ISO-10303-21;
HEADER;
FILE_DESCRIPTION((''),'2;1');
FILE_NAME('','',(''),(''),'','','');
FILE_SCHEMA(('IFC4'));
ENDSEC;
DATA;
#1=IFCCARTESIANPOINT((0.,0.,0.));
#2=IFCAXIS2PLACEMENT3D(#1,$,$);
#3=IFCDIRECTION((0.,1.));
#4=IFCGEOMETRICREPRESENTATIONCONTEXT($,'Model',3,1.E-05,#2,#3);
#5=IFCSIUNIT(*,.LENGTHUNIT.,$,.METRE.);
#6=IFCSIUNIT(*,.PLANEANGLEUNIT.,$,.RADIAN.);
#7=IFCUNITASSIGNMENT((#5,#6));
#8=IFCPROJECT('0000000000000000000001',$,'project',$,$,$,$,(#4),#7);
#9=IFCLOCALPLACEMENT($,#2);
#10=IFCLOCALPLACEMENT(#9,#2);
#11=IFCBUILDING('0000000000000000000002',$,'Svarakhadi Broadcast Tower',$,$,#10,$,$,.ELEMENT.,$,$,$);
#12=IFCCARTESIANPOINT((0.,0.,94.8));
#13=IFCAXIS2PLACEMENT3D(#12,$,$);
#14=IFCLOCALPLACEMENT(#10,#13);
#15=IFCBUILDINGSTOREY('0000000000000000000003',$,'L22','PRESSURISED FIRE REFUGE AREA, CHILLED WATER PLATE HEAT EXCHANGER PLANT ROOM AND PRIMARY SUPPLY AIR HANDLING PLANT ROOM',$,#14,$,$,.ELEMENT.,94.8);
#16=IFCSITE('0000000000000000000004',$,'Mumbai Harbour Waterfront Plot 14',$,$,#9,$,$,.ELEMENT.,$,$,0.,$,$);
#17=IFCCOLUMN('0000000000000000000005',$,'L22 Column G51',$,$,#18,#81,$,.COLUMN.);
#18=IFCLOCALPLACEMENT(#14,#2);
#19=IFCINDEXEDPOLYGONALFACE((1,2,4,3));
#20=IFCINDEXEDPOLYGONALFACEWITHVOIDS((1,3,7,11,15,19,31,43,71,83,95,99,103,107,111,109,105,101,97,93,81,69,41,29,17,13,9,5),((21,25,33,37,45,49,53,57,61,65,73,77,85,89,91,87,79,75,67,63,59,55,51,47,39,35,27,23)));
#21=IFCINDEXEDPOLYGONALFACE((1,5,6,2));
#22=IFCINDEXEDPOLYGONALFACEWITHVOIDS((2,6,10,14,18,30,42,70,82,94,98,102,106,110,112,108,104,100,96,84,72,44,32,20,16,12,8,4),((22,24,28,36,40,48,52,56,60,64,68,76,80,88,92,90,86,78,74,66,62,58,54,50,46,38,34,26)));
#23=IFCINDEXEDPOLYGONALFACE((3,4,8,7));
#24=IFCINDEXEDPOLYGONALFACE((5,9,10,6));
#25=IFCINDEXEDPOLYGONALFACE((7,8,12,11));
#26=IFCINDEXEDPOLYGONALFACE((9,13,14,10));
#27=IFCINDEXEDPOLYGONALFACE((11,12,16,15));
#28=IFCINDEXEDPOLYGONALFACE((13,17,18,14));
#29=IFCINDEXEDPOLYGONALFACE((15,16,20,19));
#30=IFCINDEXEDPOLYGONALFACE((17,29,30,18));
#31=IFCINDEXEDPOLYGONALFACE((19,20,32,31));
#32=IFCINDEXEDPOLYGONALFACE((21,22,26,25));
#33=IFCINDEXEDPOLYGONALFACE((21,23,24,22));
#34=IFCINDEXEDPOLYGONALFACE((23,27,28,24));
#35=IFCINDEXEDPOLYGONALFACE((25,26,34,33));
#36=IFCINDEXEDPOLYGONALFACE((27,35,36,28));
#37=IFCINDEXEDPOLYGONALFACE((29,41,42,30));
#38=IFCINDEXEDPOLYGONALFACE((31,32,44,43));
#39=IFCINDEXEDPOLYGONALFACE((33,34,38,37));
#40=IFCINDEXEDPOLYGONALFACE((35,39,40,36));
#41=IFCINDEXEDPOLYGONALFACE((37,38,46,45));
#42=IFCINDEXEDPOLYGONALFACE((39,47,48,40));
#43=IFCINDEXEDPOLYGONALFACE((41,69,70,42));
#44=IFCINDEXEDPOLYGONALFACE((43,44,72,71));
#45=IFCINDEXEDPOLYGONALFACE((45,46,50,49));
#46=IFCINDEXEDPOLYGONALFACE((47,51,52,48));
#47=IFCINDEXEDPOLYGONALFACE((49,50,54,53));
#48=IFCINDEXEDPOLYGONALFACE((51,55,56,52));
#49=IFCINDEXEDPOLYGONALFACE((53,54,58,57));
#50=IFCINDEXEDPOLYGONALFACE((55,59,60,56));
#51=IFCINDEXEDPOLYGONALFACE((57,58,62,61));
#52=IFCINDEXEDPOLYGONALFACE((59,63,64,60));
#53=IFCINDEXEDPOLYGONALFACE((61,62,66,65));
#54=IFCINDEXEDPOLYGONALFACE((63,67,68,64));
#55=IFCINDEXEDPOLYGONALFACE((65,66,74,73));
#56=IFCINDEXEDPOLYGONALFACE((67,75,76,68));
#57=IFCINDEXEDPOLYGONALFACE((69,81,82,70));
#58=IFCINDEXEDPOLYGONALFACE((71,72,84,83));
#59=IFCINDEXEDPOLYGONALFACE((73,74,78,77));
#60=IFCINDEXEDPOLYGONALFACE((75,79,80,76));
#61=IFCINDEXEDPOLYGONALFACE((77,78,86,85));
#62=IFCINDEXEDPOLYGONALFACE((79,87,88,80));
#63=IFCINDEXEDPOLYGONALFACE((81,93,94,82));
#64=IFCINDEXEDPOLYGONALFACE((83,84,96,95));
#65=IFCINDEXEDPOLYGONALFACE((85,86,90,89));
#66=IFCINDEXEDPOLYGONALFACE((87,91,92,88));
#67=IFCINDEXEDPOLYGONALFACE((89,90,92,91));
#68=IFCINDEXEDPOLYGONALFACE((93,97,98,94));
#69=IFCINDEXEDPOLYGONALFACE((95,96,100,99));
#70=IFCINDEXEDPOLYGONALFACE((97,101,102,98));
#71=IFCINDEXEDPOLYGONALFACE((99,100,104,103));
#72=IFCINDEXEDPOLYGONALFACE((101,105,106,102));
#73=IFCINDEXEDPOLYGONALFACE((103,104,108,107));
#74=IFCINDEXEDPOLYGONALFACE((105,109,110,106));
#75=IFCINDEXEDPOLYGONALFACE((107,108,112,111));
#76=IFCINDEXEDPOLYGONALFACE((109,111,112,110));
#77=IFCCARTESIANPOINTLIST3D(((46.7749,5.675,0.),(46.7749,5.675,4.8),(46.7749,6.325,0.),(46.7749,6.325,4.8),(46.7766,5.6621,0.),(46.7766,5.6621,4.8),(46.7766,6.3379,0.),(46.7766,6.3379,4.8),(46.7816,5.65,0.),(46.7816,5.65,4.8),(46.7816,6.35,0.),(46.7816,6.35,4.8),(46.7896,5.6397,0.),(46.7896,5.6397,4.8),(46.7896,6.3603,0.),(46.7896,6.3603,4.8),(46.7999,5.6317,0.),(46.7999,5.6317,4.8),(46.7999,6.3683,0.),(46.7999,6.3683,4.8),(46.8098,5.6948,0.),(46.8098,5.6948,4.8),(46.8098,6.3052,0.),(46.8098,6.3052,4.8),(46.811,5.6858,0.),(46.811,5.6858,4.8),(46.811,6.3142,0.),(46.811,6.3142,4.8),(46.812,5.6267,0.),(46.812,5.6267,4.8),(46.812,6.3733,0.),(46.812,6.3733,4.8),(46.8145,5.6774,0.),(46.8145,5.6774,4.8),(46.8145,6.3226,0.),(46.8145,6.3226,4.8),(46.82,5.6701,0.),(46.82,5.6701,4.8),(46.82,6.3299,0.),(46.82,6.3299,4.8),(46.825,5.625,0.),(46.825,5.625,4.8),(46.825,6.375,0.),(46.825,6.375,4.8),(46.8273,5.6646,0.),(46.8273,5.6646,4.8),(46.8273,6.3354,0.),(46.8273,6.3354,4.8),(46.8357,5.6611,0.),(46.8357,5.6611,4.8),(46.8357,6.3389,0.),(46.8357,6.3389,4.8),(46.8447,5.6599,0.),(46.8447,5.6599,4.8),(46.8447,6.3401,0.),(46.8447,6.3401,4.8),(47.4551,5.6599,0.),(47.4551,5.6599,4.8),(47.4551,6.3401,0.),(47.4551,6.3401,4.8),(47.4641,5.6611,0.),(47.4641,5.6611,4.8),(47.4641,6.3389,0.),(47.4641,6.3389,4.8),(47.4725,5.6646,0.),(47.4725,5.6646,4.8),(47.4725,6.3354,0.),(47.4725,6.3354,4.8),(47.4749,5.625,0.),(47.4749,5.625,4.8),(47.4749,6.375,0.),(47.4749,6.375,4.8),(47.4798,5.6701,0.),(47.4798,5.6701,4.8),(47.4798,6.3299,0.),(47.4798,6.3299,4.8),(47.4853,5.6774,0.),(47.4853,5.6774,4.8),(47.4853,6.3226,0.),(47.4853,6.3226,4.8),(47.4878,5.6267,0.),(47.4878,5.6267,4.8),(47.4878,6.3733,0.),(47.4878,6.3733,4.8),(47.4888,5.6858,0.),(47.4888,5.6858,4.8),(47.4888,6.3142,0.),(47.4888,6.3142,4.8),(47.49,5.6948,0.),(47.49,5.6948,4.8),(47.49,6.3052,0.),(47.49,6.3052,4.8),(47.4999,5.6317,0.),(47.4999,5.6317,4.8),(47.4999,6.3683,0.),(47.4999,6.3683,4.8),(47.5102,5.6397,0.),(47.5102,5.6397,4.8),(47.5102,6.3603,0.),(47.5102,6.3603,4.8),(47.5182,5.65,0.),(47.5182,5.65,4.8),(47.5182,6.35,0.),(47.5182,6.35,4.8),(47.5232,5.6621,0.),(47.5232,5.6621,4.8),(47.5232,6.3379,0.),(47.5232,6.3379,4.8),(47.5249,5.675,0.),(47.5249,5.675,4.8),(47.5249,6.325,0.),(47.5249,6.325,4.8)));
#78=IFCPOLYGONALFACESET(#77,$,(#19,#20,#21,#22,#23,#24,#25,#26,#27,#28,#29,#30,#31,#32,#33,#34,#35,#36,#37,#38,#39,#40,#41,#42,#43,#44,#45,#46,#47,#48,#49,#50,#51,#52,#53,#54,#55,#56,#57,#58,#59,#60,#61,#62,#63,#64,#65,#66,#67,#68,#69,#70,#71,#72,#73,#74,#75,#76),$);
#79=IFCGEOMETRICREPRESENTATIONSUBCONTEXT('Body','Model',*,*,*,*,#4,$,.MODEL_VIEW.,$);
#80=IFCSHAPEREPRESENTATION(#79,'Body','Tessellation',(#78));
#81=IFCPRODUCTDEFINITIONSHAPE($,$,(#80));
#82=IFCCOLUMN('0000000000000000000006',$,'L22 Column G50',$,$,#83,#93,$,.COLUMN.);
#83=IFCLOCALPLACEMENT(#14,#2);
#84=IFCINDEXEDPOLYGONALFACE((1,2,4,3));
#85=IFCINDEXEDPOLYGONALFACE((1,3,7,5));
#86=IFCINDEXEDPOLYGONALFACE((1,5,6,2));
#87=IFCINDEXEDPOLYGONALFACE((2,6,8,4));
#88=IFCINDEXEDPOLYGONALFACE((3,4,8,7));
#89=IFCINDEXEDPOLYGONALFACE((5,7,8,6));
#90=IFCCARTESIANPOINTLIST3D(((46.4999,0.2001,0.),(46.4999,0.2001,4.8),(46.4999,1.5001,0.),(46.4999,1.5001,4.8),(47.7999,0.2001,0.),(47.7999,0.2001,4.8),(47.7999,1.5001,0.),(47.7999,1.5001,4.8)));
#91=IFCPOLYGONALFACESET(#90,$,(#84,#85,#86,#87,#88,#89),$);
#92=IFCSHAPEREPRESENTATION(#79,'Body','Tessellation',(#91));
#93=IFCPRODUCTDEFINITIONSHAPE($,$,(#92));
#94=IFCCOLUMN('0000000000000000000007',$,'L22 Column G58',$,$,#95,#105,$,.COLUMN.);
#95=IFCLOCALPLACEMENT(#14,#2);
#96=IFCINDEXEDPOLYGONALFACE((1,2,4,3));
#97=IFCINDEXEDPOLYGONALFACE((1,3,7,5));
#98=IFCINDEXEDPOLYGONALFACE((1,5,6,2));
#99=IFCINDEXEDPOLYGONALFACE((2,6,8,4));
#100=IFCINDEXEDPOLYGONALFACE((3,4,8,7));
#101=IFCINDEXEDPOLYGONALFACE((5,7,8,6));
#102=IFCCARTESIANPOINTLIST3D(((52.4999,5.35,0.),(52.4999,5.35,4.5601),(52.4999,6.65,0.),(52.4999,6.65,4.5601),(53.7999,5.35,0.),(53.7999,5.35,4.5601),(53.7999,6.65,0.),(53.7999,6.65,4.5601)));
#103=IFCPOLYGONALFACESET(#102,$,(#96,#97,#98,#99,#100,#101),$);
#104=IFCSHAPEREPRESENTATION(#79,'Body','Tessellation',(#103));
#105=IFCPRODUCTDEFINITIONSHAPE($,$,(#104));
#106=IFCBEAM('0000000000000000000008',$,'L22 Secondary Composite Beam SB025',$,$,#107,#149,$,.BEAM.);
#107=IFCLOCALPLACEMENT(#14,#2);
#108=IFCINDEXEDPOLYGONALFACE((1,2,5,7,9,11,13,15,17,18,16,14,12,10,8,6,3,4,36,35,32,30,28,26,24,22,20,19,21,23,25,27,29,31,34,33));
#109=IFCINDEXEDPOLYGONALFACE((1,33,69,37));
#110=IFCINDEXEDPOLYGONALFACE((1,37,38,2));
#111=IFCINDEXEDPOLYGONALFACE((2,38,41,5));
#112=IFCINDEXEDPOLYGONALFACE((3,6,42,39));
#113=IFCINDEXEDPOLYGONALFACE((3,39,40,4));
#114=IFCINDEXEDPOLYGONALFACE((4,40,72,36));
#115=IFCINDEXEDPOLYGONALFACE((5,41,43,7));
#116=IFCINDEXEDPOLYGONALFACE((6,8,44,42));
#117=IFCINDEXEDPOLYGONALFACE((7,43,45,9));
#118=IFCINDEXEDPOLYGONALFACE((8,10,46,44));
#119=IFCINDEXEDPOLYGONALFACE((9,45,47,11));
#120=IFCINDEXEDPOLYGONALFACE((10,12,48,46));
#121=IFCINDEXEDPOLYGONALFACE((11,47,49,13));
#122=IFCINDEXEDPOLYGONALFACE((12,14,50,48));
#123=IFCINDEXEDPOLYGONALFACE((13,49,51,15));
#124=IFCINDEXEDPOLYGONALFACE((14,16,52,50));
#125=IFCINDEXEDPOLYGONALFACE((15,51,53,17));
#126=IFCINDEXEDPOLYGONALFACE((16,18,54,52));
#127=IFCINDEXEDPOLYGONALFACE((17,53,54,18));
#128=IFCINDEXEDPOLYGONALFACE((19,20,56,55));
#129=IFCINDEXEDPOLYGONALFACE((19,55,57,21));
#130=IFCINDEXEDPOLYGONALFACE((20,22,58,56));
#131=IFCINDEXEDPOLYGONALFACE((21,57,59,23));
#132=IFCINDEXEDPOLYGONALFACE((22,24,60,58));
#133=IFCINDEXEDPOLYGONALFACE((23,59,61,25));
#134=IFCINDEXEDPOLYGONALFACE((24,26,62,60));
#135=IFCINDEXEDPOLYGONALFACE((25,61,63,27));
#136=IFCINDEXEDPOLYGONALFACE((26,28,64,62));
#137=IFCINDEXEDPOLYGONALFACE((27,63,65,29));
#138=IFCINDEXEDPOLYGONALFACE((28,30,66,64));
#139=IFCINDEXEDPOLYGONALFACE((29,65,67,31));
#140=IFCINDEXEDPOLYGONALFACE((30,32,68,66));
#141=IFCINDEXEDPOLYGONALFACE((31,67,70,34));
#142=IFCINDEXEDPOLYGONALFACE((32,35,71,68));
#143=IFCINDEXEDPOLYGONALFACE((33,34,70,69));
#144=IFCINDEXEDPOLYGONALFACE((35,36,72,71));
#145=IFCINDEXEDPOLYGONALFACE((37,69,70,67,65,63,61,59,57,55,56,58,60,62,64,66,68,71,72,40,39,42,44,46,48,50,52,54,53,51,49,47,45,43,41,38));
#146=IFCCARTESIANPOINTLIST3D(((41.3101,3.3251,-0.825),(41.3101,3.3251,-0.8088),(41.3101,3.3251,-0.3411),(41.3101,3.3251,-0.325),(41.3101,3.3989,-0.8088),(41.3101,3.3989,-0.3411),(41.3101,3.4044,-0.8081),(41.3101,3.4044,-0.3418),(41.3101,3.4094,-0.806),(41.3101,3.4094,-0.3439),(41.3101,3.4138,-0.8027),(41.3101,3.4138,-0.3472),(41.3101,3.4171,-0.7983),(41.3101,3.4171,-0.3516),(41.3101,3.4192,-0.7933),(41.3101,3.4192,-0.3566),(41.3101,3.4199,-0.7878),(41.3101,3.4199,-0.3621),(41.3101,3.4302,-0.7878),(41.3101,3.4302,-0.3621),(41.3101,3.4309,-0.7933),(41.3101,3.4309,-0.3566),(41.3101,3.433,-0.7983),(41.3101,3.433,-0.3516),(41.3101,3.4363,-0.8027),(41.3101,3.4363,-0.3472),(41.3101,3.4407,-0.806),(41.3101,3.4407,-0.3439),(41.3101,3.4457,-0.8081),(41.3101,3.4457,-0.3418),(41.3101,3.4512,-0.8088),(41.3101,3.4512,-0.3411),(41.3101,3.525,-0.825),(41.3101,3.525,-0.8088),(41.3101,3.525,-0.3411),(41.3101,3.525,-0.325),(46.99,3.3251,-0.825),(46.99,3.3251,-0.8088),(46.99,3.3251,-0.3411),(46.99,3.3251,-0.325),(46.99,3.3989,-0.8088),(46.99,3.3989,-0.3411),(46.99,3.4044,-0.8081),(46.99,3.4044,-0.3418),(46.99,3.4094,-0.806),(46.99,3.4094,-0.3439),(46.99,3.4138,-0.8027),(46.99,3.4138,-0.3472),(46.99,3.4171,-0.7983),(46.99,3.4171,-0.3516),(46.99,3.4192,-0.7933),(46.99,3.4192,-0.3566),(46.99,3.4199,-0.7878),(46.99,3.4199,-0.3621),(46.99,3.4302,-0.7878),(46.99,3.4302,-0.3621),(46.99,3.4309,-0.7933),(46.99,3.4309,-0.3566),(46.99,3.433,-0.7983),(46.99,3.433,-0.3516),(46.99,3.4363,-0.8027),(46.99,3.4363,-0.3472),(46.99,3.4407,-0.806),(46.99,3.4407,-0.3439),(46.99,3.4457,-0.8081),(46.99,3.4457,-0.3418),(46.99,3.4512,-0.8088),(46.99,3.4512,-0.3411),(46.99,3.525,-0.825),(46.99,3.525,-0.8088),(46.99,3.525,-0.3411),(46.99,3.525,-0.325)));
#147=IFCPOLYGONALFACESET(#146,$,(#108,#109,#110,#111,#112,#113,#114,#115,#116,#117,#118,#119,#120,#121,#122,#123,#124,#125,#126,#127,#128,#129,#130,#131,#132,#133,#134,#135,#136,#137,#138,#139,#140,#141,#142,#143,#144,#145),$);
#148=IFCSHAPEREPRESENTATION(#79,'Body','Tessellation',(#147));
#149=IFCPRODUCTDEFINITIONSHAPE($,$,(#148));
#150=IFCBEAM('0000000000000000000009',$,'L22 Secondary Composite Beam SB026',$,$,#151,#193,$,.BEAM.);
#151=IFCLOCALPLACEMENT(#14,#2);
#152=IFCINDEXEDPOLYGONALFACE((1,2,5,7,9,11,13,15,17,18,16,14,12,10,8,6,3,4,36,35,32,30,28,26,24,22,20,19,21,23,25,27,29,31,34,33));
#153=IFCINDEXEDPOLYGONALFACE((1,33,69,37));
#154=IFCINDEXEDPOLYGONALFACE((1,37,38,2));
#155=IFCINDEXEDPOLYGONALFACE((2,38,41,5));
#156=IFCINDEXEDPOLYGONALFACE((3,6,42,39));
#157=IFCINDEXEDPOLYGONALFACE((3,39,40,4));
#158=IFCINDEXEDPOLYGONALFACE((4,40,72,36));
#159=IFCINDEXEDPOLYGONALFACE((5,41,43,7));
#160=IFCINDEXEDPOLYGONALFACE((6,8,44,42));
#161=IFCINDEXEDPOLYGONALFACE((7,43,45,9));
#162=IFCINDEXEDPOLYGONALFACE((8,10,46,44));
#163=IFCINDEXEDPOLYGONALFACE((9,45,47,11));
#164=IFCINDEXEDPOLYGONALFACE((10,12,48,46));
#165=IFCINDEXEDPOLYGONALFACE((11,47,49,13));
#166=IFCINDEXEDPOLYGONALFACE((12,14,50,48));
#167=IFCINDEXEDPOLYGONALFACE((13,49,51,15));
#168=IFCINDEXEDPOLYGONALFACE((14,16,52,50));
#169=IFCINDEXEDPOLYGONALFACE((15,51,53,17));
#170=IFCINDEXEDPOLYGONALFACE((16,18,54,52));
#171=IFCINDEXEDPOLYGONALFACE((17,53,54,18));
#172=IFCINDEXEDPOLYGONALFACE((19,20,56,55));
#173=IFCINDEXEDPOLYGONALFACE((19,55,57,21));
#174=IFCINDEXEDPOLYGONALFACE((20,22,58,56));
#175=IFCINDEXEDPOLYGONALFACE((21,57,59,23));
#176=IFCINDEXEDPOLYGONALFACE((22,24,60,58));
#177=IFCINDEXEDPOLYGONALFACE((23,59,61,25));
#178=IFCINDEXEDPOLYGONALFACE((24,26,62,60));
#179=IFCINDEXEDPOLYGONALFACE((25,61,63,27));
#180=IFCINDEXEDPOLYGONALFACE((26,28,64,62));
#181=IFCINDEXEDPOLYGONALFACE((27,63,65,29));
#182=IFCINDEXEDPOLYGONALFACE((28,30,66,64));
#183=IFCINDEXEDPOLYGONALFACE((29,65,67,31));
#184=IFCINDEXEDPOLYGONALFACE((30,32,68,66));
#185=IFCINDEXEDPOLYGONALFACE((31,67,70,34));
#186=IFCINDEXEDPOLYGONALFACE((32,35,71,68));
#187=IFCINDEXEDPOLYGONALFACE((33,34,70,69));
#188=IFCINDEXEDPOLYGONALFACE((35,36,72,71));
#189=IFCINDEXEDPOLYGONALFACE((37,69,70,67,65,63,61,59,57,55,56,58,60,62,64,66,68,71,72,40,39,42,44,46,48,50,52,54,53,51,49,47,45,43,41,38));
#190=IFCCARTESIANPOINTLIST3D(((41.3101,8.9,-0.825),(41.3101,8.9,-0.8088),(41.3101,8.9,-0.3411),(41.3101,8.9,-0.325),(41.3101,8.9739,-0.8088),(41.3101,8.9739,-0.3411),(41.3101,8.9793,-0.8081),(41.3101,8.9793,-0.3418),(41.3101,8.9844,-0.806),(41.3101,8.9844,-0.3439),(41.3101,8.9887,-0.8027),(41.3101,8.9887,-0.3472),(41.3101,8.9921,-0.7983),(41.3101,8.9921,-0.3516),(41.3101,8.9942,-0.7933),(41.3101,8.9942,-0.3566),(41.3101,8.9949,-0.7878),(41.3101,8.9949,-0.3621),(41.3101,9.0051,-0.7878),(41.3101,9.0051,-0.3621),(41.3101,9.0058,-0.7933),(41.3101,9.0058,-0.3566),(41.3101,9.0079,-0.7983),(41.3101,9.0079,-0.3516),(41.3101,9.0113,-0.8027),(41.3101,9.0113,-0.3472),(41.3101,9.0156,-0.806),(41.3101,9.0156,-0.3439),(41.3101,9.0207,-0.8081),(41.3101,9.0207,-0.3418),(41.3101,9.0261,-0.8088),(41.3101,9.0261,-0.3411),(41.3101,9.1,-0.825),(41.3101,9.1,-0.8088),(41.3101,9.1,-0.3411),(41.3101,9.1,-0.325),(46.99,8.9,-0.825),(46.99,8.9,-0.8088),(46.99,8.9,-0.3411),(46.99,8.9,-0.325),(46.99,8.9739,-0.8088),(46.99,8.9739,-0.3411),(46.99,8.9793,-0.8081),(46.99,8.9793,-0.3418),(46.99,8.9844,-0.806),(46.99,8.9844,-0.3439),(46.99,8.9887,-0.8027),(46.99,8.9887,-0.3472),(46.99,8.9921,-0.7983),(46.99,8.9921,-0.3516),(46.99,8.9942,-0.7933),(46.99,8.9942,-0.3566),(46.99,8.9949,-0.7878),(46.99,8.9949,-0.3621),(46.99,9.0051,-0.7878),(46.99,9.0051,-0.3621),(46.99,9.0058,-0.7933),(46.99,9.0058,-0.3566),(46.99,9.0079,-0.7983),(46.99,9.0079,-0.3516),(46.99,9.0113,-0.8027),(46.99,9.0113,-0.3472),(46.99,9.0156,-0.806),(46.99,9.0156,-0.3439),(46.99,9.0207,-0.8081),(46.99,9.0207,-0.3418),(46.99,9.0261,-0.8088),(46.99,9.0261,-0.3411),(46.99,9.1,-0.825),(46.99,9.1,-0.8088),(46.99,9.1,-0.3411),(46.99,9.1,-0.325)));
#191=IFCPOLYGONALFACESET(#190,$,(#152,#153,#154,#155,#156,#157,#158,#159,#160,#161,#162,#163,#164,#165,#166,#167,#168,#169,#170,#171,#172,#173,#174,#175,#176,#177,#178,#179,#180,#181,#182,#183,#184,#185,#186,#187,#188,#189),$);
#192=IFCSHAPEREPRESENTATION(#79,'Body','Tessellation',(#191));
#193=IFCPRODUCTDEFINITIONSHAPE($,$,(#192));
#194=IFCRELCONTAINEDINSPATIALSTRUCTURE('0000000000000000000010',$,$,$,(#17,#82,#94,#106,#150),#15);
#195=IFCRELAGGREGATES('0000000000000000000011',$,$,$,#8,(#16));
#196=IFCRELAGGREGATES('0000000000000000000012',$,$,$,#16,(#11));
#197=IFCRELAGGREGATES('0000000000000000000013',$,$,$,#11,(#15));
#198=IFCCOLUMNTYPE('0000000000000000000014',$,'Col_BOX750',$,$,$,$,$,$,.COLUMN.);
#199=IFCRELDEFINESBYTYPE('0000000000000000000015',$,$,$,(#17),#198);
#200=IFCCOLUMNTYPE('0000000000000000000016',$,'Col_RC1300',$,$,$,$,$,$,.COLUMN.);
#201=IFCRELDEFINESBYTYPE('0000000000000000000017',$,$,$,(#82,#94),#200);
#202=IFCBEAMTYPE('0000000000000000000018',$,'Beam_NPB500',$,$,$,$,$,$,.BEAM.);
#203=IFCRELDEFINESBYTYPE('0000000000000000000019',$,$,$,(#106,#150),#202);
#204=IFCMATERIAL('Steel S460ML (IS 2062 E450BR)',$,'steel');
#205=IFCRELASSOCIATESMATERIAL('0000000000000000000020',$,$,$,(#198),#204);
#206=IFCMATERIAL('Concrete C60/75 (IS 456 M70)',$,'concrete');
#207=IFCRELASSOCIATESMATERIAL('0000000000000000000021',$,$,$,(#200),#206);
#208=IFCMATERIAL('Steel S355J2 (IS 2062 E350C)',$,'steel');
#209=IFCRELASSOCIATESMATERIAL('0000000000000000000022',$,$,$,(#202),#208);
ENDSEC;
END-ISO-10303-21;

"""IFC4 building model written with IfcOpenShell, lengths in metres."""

from ifc_helpers import new_model, si_unit, direction, frame, origin, origin_2d, place, context, subcontext, project, spatial, rectangle, hollow_rectangle, i_section, extrude, material, material_profile, profile_set, type_object, element, save


model = new_model("IFC4")

# Units and contexts
model_context = context("Model", 3, precision=1e-05, world=origin(), true_north=direction((0.0, 1.0)))
body_context = subcontext(model_context, "Body", "Model", "MODEL_VIEW")
ifc_project = project(units=[si_unit("LENGTHUNIT", "METRE"), si_unit("PLANEANGLEUNIT", "RADIAN")], contexts=[model_context])

# Site, building, storey
site_placement = place(None, origin())
site = spatial("IfcSite", under=ifc_project, at=site_placement, Name="Mumbai Harbour Waterfront Plot 14", CompositionType="ELEMENT", RefElevation=0.0)
building_placement = place(site_placement, origin())
building = spatial("IfcBuilding", under=site, at=building_placement, Name="Svarakhadi Broadcast Tower", CompositionType="ELEMENT")
storey_placement = place(building_placement, frame((0.0, 0.0, 94.8)))
storey = spatial("IfcBuildingStorey", under=building, at=storey_placement, Name="L22", Description="PRESSURISED FIRE REFUGE AREA, CHILLED WATER PLATE HEAT EXCHANGER PLANT ROOM AND PRIMARY SUPPLY AIR HANDLING PLANT ROOM", CompositionType="ELEMENT", Elevation=94.8)

# Columns
ifc_material_1 = material(Name="Steel S460ML (IS 2062 E450BR)", Category="steel")
ifc_material_profile_1 = material_profile(ifc_material_1, hollow_rectangle(XDim=0.75, YDim=0.75, WallThickness=0.0349, InnerFilletRadius=0.0349, OuterFilletRadius=0.05, at=origin_2d()), Name="BOX 750x750x35")
ifc_profile_set_1 = profile_set([ifc_material_profile_1], Name="Steel S460ML (IS 2062 E450BR)")
column_type_1 = type_object("IfcColumnType", Name="Col_BOX750", PredefinedType="COLUMN", material=ifc_profile_set_1)
column_1_placement = place(storey_placement, frame((47.1499, 6.0, 0.0), z_axis=(0.0, 0.0, 1.0), x_axis=(1.0, 0.0, 0.0)))
element("IfcColumn", 1, at=column_1_placement, inside=storey, type_object=column_type_1, Name="L22 Column G51", PredefinedType="COLUMN", context=body_context, shape_type="SweptSolid", body=[
    extrude(hollow_rectangle(XDim=0.75, YDim=0.75, WallThickness=0.0349, InnerFilletRadius=0.0349, OuterFilletRadius=0.05, at=origin_2d()), origin(), (0.0, 0.0, 1.0), 4.8),
])
ifc_material_2 = material(Name="Concrete C60/75 (IS 456 M70)", Category="concrete")
ifc_material_profile_2 = material_profile(ifc_material_2, rectangle(XDim=1.3, YDim=1.3, at=origin_2d()), Name="RC 1300x1300")
ifc_profile_set_2 = profile_set([ifc_material_profile_2], Name="Concrete C60/75 (IS 456 M70)")
column_type_2 = type_object("IfcColumnType", Name="Col_RC1300", PredefinedType="COLUMN", material=ifc_profile_set_2)
column_2_placement = place(storey_placement, frame((47.1499, 0.8501, 0.0), z_axis=(0.0, 0.0, 1.0), x_axis=(1.0, 0.0, 0.0)))
element("IfcColumn", 2, at=column_2_placement, inside=storey, type_object=column_type_2, Name="L22 Column G50", PredefinedType="COLUMN", context=body_context, shape_type="SweptSolid", body=[
    extrude(rectangle(XDim=1.3, YDim=1.3, at=origin_2d()), origin(), (0.0, 0.0, 1.0), 4.8),
])
column_3_placement = place(storey_placement, frame((53.1499, 6.0, 0.0), z_axis=(0.0, 0.0, 1.0), x_axis=(1.0, 0.0, 0.0)))
element("IfcColumn", 3, at=column_3_placement, inside=storey, type_object=column_type_2, Name="L22 Column G58", PredefinedType="COLUMN", context=body_context, shape_type="SweptSolid", body=[
    extrude(rectangle(XDim=1.3, YDim=1.3, at=origin_2d()), origin(), (0.0, 0.0, 1.0), 4.5601),
])

# Beams
ifc_material_3 = material(Name="Steel S355J2 (IS 2062 E350C)", Category="steel")
ifc_material_profile_3 = material_profile(ifc_material_3, i_section(OverallWidth=0.2, OverallDepth=0.5, WebThickness=0.0103, FlangeThickness=0.0161, FilletRadius=0.021, at=origin_2d()), Name="NPB 500x200x91")
ifc_profile_set_3 = profile_set([ifc_material_profile_3], Name="Steel S355J2 (IS 2062 E350C)")
beam_type_1 = type_object("IfcBeamType", Name="Beam_NPB500", PredefinedType="BEAM", material=ifc_profile_set_3)
for number, where, z_axis, x_axis, name in (
    (4, (41.3101, 3.425, -0.575), (1.0, 0.0, 0.0), (0.0, 1.0, 0.0), "L22 Secondary Composite Beam SB025"),
    (5, (41.3101, 9.0, -0.575), (1.0, 0.0, 0.0), (0.0, 1.0, 0.0), "L22 Secondary Composite Beam SB026"),
):
    element("IfcBeam", number, at=place(storey_placement, frame(where, z_axis=z_axis, x_axis=x_axis)), inside=storey, type_object=beam_type_1, Name=name, PredefinedType="BEAM", context=body_context, shape_type="SweptSolid", body=[
        extrude(i_section(OverallWidth=0.2, OverallDepth=0.5, WebThickness=0.0103, FlangeThickness=0.0161, FilletRadius=0.021, at=origin_2d()), origin(), (0.0, 0.0, 1.0), 5.6799),
    ])

save(model, "model.ifc")
